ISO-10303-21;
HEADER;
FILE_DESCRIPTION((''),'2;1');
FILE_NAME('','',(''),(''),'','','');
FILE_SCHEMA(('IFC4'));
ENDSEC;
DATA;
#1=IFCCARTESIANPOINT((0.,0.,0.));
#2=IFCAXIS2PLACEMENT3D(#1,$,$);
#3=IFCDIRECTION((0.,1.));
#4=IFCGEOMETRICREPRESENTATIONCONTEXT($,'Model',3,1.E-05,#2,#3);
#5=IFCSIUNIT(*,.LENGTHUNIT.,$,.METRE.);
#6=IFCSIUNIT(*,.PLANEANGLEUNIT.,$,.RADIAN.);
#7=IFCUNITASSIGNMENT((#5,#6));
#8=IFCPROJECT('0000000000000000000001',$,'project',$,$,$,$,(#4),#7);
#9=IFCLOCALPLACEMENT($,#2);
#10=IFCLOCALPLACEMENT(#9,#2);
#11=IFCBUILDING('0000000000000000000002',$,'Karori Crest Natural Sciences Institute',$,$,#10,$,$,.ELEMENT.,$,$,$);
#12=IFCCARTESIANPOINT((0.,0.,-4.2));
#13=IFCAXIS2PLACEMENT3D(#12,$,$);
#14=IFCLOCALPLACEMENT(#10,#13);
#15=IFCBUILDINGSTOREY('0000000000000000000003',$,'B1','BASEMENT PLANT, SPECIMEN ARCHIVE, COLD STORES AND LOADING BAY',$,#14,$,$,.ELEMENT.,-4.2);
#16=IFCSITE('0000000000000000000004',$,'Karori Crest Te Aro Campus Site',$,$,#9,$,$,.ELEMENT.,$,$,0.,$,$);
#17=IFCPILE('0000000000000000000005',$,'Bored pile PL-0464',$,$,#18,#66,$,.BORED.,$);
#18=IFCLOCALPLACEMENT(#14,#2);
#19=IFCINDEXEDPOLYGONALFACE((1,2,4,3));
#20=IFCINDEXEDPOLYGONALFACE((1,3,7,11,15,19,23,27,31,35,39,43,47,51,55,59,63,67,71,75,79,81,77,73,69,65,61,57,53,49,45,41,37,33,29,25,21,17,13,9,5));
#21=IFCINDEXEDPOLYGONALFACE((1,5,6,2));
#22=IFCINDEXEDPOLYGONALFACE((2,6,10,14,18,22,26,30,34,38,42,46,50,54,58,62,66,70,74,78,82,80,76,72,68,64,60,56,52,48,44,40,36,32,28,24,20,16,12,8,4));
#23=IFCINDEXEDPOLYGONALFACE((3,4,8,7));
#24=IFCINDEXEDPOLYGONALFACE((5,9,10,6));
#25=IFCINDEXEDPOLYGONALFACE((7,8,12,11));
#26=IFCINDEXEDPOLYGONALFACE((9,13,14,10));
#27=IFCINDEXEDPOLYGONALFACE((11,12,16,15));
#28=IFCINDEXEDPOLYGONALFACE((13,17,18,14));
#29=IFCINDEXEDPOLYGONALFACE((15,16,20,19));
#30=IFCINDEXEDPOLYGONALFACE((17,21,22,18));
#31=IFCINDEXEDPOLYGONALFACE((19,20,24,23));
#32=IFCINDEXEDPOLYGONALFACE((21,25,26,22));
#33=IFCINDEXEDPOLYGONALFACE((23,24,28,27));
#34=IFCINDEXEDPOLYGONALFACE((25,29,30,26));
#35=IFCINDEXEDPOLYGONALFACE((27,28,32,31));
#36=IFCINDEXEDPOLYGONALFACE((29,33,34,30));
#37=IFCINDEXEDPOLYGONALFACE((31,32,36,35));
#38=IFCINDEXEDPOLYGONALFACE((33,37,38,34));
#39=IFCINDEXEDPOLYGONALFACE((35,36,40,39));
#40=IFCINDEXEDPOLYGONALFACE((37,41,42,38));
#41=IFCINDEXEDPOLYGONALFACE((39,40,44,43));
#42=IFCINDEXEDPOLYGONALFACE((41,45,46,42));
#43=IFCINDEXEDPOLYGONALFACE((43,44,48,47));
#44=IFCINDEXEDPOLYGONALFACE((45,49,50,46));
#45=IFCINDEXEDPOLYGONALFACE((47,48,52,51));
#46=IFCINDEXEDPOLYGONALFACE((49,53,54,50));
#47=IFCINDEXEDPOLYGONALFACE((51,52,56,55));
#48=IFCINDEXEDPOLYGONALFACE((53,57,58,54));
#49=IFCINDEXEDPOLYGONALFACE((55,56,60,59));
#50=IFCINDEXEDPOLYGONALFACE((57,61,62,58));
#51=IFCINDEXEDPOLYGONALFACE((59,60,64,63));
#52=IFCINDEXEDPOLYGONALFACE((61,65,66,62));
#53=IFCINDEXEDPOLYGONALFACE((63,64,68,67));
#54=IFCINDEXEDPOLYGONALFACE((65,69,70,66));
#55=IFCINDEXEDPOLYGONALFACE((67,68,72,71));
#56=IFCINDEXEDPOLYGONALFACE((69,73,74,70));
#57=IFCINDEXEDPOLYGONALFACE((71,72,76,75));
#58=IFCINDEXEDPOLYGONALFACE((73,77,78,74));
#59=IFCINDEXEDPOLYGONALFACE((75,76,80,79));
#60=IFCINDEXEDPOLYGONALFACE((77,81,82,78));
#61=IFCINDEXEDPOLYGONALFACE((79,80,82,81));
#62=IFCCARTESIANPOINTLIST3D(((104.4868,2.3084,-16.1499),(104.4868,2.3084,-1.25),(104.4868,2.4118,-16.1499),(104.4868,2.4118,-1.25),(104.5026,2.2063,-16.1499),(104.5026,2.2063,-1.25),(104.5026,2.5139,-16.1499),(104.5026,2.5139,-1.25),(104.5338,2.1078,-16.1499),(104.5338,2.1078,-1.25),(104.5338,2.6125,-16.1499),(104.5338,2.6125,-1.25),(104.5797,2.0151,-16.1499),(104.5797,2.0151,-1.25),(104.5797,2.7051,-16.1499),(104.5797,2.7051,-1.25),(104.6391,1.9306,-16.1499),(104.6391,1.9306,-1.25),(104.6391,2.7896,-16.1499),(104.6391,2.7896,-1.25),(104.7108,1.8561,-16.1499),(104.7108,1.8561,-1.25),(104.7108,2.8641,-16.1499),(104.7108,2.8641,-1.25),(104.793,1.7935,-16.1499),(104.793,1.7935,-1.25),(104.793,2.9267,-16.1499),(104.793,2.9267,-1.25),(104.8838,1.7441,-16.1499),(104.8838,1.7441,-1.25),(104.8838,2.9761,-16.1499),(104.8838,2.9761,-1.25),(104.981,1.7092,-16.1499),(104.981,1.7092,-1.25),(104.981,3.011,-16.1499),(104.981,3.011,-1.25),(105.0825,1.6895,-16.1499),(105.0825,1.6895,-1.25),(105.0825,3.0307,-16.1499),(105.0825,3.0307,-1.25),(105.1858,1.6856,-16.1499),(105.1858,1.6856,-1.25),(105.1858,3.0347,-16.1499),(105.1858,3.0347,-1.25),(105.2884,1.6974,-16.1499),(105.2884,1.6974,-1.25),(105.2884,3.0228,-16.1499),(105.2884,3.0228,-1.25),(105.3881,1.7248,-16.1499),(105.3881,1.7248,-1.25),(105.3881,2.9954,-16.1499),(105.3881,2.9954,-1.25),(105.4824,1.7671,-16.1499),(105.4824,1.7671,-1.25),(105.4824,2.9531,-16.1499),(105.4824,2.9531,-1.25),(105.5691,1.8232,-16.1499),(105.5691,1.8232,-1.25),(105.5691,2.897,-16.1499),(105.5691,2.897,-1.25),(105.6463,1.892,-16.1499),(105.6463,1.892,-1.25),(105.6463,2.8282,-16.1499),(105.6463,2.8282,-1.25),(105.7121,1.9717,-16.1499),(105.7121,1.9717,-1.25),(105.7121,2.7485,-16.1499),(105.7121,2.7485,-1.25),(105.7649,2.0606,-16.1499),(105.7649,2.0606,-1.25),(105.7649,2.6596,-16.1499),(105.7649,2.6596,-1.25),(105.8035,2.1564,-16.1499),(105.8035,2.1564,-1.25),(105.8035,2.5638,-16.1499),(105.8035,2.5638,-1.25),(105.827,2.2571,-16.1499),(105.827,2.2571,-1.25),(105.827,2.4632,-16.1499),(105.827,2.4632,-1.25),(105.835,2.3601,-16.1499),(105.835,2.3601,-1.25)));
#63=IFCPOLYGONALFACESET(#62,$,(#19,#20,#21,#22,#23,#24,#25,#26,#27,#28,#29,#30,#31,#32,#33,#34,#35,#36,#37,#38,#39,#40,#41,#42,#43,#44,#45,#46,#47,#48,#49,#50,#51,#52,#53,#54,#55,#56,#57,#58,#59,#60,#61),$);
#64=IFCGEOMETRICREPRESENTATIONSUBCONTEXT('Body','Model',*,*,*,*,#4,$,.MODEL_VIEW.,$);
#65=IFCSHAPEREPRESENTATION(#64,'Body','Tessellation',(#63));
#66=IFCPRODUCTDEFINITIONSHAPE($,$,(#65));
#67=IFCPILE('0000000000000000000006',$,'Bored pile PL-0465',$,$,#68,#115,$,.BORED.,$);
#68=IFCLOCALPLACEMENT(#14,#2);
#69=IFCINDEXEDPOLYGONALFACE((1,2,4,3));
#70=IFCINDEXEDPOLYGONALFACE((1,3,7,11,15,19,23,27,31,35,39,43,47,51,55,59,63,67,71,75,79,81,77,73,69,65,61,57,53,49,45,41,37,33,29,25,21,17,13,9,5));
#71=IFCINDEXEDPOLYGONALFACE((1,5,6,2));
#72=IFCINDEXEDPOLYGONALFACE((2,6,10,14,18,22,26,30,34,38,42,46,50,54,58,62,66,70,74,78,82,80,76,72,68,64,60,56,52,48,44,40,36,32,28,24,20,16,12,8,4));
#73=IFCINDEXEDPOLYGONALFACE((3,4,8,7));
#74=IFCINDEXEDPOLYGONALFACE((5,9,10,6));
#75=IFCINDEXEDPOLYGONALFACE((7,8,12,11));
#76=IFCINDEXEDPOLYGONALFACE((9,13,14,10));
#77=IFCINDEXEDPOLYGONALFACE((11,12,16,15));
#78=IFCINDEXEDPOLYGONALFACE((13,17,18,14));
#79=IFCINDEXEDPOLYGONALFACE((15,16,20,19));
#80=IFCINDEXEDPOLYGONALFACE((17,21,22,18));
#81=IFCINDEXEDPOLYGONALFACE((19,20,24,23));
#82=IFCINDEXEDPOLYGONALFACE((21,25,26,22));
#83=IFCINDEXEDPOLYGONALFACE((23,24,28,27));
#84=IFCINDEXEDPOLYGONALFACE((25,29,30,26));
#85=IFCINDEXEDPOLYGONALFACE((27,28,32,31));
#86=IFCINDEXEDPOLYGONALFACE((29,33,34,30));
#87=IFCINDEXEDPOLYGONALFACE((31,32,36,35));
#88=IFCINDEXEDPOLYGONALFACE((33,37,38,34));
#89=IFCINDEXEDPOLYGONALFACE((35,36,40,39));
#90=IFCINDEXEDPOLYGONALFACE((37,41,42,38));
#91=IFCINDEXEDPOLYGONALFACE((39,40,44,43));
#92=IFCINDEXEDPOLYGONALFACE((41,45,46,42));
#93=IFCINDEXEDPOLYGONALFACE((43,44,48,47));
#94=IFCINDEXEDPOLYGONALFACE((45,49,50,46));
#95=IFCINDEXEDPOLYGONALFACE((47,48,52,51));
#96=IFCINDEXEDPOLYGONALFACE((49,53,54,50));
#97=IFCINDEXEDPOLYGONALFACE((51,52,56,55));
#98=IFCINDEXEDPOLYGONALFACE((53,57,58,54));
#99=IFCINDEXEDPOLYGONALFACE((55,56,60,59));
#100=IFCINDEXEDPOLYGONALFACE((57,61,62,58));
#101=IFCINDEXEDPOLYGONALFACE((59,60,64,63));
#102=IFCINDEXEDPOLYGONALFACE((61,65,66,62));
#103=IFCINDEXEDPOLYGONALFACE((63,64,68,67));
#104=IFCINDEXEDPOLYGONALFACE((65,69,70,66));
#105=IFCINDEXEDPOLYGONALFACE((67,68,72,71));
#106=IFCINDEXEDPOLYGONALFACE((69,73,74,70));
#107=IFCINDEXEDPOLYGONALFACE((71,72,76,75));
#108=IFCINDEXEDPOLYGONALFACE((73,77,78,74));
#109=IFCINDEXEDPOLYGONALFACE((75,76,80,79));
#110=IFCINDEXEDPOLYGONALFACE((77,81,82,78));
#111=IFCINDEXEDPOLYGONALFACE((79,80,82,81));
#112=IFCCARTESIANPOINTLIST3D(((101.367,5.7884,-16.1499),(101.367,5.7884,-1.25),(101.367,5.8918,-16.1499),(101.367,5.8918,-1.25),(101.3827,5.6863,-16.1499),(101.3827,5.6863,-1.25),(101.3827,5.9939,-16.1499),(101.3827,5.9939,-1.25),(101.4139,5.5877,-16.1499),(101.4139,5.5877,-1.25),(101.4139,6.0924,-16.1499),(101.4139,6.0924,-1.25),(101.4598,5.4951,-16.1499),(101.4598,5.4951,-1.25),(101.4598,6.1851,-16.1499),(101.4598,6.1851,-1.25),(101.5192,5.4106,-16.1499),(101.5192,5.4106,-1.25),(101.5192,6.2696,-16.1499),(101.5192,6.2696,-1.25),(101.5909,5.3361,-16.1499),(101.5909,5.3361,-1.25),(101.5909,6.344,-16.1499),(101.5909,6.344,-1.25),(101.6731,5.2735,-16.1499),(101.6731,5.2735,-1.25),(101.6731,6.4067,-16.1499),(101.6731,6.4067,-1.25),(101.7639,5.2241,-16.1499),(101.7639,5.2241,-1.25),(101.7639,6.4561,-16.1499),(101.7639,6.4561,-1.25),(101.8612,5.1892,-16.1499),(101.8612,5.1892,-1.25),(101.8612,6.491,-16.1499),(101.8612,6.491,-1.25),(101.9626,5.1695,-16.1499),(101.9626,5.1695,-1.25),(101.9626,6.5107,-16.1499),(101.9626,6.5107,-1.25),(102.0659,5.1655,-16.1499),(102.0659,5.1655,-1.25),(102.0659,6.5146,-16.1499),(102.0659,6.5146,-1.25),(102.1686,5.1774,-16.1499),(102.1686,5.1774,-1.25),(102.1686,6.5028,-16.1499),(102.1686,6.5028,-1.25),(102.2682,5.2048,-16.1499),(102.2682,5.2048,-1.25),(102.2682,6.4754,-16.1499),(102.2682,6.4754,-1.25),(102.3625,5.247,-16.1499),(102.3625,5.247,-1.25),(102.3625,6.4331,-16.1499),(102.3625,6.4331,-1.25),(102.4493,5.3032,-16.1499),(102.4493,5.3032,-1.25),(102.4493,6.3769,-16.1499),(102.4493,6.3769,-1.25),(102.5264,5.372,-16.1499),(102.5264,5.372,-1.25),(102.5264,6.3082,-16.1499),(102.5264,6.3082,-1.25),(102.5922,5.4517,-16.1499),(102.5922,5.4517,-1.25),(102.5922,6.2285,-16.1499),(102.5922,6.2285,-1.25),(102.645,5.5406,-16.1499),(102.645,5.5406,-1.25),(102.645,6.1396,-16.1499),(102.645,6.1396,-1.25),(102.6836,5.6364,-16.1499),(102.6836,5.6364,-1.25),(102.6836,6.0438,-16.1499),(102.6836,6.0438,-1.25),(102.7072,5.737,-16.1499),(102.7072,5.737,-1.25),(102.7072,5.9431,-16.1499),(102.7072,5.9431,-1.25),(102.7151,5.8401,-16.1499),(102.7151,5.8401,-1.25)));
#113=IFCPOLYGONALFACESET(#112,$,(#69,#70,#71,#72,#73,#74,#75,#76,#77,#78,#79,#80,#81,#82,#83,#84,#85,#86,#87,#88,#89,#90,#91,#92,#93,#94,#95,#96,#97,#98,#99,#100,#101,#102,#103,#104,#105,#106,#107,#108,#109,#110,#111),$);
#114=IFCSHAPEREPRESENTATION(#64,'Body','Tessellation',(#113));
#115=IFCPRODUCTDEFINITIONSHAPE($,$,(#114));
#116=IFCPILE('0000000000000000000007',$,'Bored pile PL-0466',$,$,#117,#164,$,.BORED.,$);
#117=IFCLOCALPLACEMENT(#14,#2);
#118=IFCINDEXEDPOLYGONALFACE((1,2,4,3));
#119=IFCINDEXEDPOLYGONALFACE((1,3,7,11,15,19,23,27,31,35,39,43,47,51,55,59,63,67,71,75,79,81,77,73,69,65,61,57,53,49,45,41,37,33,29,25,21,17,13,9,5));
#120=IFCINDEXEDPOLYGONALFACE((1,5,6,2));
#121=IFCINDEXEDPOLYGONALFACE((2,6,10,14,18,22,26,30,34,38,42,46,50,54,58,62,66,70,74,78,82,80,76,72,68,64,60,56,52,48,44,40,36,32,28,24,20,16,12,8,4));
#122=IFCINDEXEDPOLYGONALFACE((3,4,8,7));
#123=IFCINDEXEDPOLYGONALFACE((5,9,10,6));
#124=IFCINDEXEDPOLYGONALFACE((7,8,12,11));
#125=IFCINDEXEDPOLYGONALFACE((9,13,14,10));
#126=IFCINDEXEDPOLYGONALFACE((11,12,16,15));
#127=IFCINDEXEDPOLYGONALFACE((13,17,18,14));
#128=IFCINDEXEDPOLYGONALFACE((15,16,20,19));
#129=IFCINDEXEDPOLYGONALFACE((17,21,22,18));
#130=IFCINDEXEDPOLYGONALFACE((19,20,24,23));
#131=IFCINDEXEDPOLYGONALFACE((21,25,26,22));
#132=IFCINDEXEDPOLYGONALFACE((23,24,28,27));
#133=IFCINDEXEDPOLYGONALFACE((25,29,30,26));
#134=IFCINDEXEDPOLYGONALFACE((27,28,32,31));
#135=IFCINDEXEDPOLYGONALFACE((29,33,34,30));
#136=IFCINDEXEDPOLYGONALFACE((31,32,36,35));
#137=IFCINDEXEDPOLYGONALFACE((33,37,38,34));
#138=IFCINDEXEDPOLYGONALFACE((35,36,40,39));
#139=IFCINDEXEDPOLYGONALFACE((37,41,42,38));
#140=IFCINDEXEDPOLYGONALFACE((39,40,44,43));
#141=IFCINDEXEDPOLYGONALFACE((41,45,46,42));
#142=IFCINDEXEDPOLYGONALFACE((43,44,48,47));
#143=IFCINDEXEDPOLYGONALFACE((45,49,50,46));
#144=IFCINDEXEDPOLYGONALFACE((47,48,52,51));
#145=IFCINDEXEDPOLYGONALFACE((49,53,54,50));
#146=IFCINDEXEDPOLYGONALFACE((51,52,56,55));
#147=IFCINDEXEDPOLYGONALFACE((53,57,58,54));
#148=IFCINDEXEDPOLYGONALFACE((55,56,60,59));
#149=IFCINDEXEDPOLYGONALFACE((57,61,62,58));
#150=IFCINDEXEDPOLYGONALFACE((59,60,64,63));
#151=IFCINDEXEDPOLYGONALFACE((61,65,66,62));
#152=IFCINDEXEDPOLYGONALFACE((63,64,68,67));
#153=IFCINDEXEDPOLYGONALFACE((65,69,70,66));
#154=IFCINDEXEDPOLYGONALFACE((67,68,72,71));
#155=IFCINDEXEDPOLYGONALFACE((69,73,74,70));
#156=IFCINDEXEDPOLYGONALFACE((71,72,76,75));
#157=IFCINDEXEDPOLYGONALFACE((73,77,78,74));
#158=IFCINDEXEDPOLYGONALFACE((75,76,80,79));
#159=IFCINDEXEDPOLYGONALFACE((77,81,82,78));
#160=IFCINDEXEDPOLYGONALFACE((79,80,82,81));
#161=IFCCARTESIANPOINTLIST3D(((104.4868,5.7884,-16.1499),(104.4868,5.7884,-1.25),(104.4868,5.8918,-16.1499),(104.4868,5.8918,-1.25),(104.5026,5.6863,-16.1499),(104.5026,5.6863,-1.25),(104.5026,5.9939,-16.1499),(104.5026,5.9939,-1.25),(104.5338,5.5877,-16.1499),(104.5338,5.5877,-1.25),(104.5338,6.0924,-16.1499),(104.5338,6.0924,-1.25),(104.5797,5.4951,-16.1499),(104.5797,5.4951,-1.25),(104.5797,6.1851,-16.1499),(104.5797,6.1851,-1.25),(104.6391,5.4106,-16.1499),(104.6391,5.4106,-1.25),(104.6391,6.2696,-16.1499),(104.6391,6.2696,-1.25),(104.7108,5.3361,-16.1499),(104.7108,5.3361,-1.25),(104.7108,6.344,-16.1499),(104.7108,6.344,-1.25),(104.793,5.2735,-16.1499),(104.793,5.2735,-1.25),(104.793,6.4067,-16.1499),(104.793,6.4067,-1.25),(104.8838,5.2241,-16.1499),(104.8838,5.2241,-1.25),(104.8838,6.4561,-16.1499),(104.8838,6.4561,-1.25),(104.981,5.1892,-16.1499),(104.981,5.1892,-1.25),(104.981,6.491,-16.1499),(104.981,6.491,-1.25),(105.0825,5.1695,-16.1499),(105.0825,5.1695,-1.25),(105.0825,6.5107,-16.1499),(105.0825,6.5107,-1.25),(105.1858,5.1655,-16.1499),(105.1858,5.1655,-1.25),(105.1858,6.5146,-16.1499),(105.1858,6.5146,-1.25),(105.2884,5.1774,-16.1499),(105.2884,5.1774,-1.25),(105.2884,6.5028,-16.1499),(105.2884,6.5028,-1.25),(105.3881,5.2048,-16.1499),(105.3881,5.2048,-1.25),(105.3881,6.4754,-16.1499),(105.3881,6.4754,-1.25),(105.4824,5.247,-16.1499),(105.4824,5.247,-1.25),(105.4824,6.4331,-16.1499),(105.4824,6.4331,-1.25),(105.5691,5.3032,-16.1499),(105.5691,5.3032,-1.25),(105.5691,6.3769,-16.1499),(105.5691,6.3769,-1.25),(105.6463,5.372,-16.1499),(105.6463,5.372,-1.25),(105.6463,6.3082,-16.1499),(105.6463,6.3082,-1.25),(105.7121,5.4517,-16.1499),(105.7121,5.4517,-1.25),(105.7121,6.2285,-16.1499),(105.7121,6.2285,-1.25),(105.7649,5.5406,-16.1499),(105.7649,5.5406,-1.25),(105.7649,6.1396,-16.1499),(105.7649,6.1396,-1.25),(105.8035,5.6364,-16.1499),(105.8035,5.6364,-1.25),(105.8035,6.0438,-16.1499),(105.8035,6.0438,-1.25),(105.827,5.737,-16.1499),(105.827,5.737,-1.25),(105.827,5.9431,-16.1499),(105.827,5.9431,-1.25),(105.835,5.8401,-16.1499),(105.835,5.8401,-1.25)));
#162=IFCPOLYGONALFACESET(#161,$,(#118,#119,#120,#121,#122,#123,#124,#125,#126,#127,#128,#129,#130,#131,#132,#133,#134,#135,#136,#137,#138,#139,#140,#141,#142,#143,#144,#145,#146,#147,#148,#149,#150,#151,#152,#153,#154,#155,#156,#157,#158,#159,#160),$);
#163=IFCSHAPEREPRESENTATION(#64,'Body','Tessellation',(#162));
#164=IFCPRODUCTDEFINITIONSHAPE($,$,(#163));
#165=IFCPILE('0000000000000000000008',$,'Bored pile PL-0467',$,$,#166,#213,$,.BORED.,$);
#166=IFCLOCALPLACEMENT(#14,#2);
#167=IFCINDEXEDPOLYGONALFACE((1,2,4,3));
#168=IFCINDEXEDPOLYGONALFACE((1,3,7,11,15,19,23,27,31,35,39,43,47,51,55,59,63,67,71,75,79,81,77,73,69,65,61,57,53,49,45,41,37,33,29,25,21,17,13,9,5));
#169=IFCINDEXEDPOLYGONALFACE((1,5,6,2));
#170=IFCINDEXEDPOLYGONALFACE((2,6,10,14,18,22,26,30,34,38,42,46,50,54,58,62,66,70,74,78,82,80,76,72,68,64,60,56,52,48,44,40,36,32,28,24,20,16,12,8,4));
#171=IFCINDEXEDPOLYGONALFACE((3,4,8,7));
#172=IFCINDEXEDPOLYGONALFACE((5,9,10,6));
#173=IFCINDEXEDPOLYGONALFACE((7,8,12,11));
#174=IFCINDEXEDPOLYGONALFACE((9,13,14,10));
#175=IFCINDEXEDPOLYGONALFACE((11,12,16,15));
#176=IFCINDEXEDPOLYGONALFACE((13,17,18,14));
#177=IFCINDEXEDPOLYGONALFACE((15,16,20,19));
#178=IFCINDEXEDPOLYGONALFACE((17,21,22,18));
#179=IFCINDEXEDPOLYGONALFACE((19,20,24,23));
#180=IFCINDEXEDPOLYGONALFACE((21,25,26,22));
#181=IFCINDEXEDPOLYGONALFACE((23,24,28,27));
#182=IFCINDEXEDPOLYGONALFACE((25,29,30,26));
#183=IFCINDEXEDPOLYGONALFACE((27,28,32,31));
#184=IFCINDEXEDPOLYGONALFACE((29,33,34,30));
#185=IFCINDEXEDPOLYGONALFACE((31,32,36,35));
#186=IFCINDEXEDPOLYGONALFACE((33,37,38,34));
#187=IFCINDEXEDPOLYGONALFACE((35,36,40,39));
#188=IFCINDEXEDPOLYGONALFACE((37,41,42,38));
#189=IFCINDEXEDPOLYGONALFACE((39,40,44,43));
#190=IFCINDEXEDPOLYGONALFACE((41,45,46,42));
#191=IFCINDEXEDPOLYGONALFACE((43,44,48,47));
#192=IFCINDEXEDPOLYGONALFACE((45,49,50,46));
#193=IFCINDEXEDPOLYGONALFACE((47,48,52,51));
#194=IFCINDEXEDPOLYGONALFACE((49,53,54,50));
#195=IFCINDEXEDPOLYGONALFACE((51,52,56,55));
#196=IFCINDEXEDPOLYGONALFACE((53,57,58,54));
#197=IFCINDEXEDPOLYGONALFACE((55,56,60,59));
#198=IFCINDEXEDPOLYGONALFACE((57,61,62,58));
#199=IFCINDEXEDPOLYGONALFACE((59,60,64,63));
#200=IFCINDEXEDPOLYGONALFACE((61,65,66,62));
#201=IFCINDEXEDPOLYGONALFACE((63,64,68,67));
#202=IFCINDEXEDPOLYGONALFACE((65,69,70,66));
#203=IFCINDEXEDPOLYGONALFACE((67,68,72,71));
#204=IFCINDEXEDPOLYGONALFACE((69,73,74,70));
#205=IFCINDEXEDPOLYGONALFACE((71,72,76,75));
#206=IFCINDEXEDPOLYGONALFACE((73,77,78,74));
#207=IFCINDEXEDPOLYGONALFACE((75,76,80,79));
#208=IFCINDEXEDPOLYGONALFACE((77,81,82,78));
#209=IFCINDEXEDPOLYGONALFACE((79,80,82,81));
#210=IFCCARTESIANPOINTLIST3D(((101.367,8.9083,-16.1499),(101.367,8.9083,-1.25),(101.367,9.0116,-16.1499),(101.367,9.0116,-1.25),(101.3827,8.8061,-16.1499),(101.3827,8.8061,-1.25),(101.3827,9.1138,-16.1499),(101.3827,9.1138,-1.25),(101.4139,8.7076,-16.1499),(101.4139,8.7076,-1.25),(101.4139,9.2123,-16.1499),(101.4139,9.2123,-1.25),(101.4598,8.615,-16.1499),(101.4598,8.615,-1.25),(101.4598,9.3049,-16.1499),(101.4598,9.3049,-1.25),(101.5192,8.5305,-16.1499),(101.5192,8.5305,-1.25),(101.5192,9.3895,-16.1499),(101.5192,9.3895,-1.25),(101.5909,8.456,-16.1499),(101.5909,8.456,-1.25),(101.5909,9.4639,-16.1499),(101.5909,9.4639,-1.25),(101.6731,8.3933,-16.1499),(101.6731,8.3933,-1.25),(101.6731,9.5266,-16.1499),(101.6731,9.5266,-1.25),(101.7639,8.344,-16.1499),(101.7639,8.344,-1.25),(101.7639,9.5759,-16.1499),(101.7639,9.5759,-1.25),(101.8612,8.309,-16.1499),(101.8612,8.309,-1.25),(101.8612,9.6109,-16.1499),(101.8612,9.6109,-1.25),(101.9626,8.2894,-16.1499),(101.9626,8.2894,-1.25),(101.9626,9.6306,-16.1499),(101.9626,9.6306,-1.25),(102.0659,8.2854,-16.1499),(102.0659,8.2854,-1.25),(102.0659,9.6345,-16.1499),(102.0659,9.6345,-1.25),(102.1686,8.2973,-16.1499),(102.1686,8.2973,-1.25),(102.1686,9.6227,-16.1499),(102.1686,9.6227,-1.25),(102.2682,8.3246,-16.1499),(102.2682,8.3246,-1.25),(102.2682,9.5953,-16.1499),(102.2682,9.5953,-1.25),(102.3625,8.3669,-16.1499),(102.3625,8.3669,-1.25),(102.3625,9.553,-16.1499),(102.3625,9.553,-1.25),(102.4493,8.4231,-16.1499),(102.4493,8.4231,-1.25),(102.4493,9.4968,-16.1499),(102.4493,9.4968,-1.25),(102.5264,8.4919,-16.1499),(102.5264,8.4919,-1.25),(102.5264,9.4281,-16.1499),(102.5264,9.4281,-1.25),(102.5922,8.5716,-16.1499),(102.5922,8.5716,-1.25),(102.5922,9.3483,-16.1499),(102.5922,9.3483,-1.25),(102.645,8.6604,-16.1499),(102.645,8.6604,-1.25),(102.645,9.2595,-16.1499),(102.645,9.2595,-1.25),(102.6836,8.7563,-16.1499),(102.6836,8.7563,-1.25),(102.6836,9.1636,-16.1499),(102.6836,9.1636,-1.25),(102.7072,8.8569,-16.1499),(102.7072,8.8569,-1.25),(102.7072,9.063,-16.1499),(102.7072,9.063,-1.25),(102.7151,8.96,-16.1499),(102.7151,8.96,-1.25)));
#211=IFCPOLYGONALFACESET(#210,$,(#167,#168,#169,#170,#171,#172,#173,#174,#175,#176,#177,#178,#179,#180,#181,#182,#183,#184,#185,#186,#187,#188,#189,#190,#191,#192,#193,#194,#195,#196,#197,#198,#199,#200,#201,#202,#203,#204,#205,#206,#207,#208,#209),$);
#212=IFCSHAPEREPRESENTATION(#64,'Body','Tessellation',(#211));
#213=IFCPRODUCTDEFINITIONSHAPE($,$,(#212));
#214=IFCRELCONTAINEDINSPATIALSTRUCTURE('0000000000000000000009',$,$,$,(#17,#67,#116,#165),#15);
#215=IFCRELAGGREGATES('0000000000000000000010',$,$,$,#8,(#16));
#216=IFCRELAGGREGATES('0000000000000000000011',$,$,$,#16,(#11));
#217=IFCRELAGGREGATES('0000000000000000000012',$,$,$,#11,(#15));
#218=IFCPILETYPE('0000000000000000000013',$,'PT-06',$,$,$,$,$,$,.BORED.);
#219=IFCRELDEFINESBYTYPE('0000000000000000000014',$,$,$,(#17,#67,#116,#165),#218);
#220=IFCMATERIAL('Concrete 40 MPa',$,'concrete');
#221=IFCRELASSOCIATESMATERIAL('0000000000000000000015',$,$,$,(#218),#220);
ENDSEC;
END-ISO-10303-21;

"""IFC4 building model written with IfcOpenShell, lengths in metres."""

from ifc_helpers import new_model, si_unit, direction, frame, origin, origin_2d, place, context, subcontext, project, spatial, circle, extrude, material, material_profile, profile_set, type_object, element, save


model = new_model("IFC4")

# Units and contexts
model_context = context("Model", 3, precision=1e-05, world=origin(), true_north=direction((0.0, 1.0)))
body_context = subcontext(model_context, "Body", "Model", "MODEL_VIEW")
ifc_project = project(units=[si_unit("LENGTHUNIT", "METRE"), si_unit("PLANEANGLEUNIT", "RADIAN")], contexts=[model_context])

# Site, building, storey
site_placement = place(None, origin())
site = spatial("IfcSite", under=ifc_project, at=site_placement, Name="Karori Crest Te Aro Campus Site", CompositionType="ELEMENT", RefElevation=0.0)
building_placement = place(site_placement, origin())
building = spatial("IfcBuilding", under=site, at=building_placement, Name="Karori Crest Natural Sciences Institute", CompositionType="ELEMENT")
storey_placement = place(building_placement, frame((0.0, 0.0, -4.2)))
storey = spatial("IfcBuildingStorey", under=building, at=storey_placement, Name="B1", Description="BASEMENT PLANT, SPECIMEN ARCHIVE, COLD STORES AND LOADING BAY", CompositionType="ELEMENT", Elevation=-4.2)

# Shared definitions
ifc_material_1 = material(Name="Concrete 40 MPa", Category="concrete")

# Piles
ifc_material_profile_1 = material_profile(ifc_material_1, circle(Radius=0.675, at=origin_2d()), Name="PILE1350")
ifc_profile_set_1 = profile_set([ifc_material_profile_1], Name="Concrete 40 MPa")
pile_type = type_object("IfcPileType", Name="PT-06", PredefinedType="BORED", material=ifc_profile_set_1)
for number, where, z_axis, x_axis, name in (
    (1, (105.1599, 2.3601, -1.25), (0.0, 0.0, -1.0), (1.0, 0.0, 0.0), "Bored pile PL-0464"),
    (2, (102.04, 5.8401, -1.25), (0.0, 0.0, -1.0), (1.0, 0.0, 0.0), "Bored pile PL-0465"),
    (3, (105.1599, 5.8401, -1.25), (0.0, 0.0, -1.0), (1.0, 0.0, 0.0), "Bored pile PL-0466"),
    (4, (102.04, 8.96, -1.25), (0.0, 0.0, -1.0), (1.0, 0.0, 0.0), "Bored pile PL-0467"),
):
    element("IfcPile", number, at=place(storey_placement, frame(where, z_axis=z_axis, x_axis=x_axis)), inside=storey, type_object=pile_type, Name=name, PredefinedType="BORED", context=body_context, shape_type="SweptSolid", body=[
        extrude(circle(Radius=0.675, at=origin_2d()), origin(), (0.0, 0.0, 1.0), 14.8999),
    ])

save(model, "model.ifc")
